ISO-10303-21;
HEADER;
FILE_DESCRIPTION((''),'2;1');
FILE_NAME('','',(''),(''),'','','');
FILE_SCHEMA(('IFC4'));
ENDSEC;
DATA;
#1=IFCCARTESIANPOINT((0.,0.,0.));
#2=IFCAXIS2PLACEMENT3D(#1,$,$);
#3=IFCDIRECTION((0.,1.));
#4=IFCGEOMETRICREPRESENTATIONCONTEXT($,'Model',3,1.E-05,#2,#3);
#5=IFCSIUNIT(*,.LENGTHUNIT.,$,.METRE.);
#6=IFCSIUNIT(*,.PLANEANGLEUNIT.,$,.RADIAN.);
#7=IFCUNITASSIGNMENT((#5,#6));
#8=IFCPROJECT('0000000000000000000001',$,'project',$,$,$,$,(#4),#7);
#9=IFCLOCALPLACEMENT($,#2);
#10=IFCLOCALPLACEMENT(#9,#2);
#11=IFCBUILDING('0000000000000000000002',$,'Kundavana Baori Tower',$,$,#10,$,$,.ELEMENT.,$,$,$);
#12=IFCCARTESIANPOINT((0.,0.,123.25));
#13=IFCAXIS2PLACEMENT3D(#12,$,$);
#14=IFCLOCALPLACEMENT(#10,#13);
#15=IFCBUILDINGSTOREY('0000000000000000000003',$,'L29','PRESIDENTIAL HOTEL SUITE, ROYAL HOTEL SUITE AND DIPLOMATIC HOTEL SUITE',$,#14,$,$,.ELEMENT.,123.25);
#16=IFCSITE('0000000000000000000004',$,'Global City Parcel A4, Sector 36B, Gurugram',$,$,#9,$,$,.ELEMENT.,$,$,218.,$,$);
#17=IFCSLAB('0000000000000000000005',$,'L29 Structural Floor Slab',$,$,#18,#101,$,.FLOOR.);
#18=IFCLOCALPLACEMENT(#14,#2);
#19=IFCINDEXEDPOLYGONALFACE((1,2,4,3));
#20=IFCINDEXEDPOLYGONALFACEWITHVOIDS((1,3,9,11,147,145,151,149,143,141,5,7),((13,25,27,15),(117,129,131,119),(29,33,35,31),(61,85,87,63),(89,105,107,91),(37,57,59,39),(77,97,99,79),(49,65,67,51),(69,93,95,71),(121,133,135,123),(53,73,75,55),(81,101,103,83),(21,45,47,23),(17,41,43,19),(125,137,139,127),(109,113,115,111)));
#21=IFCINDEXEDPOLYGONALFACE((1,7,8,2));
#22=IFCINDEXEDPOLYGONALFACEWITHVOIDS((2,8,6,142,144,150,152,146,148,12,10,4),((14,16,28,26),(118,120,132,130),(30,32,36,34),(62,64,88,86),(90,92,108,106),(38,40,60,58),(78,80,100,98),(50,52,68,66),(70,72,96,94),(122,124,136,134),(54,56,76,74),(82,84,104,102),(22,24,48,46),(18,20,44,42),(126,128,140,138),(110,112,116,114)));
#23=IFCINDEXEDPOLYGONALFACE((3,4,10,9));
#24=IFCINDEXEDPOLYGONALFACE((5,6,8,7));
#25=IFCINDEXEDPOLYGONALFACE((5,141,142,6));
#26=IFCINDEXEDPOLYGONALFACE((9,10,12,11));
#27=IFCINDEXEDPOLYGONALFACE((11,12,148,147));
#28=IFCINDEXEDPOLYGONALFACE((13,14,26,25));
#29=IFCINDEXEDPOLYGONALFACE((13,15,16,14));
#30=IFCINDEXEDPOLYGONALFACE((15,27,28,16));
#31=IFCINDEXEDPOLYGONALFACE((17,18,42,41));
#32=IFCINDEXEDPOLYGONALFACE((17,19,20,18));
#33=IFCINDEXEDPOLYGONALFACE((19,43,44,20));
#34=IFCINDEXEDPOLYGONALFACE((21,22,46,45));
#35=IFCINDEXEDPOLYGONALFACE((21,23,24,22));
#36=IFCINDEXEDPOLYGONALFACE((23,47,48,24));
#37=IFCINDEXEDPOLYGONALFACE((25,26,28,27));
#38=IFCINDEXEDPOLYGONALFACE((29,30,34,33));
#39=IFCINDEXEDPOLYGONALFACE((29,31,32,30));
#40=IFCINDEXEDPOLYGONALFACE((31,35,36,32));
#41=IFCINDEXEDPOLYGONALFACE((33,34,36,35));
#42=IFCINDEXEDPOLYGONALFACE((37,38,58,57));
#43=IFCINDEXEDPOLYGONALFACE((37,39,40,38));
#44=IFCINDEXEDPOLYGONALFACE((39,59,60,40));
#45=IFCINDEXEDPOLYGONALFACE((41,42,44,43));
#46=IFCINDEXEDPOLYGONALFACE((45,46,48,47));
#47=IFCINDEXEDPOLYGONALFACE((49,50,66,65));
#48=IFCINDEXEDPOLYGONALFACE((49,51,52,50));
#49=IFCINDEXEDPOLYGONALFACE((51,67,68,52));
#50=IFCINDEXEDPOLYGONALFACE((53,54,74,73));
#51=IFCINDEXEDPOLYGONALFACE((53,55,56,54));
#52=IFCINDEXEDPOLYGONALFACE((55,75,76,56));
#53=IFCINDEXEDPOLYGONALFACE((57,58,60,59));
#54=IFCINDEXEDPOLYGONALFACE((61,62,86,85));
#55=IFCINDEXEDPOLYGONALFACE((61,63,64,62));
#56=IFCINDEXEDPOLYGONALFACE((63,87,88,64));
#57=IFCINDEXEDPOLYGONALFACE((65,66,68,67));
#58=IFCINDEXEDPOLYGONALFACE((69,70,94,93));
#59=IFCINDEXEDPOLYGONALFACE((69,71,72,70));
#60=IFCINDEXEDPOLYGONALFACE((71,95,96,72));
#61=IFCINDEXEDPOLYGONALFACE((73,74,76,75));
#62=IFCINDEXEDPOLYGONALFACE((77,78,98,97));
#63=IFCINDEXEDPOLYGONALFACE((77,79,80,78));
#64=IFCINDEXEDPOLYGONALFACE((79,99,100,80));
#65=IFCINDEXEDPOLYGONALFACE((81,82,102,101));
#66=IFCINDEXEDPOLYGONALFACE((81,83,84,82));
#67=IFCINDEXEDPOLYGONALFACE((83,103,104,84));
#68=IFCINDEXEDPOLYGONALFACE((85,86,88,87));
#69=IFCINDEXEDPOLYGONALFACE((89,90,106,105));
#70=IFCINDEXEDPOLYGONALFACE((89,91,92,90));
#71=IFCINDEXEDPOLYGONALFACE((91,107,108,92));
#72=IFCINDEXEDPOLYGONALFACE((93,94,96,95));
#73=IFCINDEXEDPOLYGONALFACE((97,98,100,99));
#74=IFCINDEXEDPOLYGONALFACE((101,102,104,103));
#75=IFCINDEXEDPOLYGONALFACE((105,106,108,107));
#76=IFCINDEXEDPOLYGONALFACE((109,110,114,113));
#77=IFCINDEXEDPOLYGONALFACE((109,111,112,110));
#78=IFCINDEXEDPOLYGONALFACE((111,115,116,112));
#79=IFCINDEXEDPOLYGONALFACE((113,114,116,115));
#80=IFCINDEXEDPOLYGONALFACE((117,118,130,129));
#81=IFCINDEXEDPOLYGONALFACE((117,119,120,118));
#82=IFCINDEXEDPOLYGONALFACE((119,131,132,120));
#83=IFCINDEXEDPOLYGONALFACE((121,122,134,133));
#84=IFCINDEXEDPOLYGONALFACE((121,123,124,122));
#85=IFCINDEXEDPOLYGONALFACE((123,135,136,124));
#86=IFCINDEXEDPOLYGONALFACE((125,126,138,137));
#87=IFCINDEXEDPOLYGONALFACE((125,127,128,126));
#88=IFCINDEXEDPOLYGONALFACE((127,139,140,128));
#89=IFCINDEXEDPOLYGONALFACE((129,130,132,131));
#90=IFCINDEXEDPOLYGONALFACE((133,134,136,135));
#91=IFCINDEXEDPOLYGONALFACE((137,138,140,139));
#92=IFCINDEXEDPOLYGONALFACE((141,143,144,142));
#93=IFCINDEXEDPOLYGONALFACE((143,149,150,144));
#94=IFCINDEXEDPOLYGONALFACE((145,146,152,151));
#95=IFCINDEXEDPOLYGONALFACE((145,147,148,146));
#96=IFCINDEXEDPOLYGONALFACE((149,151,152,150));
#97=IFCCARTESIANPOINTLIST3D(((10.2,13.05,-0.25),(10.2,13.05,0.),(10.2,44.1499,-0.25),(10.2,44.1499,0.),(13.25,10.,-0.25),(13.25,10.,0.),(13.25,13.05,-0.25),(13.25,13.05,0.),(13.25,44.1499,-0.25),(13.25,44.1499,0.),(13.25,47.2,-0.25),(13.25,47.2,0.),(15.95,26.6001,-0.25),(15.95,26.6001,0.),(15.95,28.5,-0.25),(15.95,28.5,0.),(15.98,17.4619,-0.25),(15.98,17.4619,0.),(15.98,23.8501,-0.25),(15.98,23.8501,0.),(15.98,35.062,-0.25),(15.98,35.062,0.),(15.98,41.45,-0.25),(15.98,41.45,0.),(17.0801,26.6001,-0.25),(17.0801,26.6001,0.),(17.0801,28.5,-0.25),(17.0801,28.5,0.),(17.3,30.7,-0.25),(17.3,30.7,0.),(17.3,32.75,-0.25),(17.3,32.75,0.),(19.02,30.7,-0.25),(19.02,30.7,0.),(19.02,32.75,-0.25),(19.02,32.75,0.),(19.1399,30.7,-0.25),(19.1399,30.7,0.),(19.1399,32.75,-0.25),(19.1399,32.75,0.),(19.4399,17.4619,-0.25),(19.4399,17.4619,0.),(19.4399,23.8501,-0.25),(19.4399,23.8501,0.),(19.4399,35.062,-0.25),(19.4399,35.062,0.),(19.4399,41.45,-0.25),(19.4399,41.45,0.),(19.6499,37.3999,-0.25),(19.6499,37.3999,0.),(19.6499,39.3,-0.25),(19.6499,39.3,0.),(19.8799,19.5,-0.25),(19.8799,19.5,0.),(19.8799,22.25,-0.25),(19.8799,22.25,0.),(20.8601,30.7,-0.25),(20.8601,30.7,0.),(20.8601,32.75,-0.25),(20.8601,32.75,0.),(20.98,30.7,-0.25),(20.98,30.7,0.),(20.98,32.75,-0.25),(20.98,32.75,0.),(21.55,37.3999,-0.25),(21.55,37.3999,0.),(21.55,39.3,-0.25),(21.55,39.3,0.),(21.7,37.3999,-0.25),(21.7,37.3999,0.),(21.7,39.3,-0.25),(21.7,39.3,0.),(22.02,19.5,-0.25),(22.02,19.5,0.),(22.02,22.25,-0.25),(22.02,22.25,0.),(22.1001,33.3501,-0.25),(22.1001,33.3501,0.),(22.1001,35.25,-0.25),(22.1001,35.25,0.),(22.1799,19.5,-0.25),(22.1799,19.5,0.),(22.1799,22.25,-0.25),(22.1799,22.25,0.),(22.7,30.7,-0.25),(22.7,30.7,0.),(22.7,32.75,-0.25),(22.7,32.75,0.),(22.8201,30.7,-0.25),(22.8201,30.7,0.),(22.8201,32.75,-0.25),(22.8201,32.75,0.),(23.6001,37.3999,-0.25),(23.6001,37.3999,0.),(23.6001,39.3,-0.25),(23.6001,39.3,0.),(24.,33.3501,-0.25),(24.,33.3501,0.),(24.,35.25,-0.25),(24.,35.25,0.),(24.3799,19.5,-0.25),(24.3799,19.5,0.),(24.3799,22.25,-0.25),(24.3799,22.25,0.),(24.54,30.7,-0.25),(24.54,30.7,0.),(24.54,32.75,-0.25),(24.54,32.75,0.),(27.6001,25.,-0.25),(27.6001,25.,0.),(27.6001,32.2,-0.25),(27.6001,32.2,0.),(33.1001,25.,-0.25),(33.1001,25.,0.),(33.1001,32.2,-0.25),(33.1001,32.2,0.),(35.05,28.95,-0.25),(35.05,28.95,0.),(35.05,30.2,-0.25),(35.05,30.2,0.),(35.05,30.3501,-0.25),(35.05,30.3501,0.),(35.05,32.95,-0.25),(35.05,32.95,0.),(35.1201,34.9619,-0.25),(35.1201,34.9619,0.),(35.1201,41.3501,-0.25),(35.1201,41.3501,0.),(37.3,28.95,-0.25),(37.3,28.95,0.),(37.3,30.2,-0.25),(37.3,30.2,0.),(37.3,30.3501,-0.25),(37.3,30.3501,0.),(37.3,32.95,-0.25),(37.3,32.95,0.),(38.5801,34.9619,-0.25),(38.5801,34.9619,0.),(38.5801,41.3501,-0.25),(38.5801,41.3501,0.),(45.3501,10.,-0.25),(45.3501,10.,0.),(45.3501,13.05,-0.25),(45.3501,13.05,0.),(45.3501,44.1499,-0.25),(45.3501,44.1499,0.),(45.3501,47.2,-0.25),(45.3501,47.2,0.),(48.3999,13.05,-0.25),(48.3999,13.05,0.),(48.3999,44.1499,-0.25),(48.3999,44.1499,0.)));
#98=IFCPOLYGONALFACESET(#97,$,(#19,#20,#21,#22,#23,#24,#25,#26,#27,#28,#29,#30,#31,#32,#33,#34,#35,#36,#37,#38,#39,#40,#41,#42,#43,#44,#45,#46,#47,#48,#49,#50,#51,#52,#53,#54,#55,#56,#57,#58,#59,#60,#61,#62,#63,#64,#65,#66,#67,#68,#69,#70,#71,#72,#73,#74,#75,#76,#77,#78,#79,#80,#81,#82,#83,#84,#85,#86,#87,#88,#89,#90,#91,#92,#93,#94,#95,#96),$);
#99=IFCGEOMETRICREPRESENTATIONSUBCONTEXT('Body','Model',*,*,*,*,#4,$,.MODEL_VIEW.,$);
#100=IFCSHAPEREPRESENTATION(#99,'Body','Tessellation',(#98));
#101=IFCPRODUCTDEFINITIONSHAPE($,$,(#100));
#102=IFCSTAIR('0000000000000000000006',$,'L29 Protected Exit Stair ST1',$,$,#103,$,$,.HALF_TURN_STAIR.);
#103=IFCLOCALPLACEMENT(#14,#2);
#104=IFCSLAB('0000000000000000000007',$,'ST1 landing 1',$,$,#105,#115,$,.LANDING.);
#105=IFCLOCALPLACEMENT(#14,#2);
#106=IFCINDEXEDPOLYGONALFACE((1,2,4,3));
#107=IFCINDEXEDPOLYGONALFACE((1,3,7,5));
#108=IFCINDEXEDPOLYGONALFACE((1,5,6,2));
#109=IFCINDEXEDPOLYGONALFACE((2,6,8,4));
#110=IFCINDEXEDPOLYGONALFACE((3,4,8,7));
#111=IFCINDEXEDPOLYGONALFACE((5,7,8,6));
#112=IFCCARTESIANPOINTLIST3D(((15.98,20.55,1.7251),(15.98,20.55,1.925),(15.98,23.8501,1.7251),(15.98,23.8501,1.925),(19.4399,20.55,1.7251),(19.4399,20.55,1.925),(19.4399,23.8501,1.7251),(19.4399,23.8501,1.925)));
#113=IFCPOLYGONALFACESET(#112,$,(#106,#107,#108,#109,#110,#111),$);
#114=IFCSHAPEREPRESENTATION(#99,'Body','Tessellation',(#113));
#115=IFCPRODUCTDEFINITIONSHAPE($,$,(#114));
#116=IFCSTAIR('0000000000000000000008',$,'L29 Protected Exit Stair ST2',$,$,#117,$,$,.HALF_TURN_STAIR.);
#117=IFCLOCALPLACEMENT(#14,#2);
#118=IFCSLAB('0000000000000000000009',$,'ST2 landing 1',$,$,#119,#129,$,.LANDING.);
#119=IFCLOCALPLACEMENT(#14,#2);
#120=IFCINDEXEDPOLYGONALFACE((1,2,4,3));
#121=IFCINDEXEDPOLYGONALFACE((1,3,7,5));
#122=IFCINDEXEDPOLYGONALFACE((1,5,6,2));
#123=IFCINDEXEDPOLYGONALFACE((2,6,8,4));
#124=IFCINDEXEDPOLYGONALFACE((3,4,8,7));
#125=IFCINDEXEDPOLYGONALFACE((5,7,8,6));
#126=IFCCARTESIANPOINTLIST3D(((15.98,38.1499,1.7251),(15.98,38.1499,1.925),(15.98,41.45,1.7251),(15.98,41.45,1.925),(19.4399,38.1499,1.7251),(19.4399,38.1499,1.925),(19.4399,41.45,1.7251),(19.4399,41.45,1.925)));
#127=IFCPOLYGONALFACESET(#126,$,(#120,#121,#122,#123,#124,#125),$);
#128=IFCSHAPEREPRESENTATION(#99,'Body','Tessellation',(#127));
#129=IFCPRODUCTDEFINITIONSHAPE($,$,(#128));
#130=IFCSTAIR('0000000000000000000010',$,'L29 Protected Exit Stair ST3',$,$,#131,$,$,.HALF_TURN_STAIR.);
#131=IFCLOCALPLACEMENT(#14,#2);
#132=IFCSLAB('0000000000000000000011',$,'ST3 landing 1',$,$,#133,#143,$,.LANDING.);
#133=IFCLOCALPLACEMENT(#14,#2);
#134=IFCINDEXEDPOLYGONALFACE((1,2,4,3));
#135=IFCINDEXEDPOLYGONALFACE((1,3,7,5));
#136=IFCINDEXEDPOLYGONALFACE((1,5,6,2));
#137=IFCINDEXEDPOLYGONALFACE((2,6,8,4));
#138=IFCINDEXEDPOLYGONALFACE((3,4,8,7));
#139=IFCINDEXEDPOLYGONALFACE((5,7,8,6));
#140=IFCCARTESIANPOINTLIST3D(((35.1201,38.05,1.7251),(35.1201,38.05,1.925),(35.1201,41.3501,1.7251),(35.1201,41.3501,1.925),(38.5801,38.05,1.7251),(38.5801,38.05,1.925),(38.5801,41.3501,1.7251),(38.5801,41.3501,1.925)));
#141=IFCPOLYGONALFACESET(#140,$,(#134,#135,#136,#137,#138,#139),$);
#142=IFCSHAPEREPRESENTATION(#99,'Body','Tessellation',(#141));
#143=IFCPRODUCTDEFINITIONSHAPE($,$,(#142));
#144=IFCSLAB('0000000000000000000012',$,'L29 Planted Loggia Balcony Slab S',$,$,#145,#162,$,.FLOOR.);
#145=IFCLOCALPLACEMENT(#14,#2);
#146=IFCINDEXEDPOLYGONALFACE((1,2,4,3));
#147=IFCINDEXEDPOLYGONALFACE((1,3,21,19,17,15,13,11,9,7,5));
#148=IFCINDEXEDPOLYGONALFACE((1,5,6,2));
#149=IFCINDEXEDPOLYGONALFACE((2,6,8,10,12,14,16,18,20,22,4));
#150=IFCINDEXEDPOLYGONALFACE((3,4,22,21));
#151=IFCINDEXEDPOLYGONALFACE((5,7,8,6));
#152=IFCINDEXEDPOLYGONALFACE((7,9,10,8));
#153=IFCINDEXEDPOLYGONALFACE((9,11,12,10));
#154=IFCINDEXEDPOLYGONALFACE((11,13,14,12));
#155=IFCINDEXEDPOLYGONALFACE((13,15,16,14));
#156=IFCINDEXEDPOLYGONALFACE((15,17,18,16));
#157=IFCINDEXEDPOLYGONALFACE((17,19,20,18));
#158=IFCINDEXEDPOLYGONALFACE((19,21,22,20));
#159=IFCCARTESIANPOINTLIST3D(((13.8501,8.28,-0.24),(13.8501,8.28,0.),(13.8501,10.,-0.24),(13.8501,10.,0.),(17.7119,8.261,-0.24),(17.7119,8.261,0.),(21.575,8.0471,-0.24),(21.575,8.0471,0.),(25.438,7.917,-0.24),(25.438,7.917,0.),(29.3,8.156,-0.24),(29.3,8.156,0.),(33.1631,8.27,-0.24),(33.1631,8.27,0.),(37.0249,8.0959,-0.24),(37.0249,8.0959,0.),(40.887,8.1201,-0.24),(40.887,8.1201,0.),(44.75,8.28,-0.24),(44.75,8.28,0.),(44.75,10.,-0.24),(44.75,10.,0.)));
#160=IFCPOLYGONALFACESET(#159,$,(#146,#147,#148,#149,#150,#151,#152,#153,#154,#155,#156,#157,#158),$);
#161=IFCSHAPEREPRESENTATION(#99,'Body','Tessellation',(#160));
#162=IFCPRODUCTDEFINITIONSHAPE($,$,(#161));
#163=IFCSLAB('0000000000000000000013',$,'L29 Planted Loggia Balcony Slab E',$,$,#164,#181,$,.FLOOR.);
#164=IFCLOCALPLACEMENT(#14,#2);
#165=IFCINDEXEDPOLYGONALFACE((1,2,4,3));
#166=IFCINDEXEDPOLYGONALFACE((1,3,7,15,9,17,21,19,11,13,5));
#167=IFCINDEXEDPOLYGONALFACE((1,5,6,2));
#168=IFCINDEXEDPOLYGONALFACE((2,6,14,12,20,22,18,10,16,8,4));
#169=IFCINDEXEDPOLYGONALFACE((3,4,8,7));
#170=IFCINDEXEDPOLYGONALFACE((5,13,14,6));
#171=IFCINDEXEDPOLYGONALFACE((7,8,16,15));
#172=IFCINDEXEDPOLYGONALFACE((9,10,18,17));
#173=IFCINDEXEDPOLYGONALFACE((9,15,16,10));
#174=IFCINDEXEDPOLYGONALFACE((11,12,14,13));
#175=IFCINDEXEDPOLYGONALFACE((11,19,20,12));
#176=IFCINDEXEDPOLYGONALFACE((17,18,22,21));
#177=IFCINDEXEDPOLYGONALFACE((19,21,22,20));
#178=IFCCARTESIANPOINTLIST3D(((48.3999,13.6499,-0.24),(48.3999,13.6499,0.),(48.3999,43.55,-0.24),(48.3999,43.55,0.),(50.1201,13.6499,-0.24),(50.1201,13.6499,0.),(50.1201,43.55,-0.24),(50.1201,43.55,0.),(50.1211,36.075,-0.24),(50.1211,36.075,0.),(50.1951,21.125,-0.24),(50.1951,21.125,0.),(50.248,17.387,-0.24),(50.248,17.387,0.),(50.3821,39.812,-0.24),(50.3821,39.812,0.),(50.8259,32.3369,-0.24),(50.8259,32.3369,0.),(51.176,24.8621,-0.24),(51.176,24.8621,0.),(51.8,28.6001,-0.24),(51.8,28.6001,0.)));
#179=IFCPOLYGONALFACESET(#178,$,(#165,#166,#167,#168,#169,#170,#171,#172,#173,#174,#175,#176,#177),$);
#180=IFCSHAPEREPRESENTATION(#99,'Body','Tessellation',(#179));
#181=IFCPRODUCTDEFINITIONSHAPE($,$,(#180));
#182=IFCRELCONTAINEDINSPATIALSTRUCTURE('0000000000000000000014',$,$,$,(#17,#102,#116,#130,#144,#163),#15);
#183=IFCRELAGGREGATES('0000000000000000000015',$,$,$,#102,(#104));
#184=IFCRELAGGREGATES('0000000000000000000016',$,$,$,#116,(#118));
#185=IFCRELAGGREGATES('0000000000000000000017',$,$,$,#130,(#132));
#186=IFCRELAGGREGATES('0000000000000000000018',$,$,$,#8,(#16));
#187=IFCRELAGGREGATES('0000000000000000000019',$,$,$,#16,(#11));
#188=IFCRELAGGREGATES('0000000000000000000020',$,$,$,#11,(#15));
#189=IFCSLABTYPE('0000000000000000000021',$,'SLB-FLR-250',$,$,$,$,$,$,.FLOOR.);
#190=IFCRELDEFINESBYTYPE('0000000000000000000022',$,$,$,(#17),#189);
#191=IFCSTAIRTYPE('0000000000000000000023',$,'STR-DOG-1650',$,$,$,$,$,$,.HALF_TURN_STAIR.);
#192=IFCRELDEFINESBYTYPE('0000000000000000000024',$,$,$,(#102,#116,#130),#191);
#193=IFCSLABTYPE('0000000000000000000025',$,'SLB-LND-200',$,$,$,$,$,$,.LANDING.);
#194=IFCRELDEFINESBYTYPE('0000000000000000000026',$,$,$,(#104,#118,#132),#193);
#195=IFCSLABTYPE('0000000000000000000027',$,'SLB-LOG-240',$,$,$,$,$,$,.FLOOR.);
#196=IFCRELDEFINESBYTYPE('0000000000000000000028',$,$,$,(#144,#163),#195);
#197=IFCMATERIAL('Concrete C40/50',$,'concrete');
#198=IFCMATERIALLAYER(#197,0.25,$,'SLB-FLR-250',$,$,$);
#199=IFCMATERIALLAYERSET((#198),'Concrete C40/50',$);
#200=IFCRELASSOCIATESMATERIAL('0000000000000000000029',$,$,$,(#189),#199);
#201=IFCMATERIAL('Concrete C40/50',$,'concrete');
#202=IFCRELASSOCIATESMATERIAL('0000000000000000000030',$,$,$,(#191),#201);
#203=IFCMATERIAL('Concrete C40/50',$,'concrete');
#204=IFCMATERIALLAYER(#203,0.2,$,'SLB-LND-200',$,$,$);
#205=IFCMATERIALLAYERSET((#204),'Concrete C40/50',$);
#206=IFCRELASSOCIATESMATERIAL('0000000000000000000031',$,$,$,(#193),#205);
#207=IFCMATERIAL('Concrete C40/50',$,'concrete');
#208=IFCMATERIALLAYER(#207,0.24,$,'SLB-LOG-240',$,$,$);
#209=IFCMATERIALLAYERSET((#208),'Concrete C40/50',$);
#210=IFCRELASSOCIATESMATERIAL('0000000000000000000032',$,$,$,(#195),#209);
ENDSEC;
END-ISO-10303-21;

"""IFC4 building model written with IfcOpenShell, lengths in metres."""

from ifc_helpers import new_model, si_unit, direction, frame, origin, place, context, subcontext, project, spatial, polyline, outline, extrude, material, layer, layer_set, type_object, element, aggregate, save


model = new_model("IFC4")

# Units and contexts
model_context = context("Model", 3, precision=1e-05, world=origin(), true_north=direction((0.0, 1.0)))
body_context = subcontext(model_context, "Body", "Model", "MODEL_VIEW")
ifc_project = project(units=[si_unit("LENGTHUNIT", "METRE"), si_unit("PLANEANGLEUNIT", "RADIAN")], contexts=[model_context])

# Site, building, storey
site_placement = place(None, origin())
site = spatial("IfcSite", under=ifc_project, at=site_placement, Name="Global City Parcel A4, Sector 36B, Gurugram", CompositionType="ELEMENT", RefElevation=218.0)
building_placement = place(site_placement, origin())
building = spatial("IfcBuilding", under=site, at=building_placement, Name="Kundavana Baori Tower", CompositionType="ELEMENT")
storey_placement = place(building_placement, frame((0.0, 0.0, 123.25)))
storey = spatial("IfcBuildingStorey", under=building, at=storey_placement, Name="L29", Description="PRESIDENTIAL HOTEL SUITE, ROYAL HOTEL SUITE AND DIPLOMATIC HOTEL SUITE", CompositionType="ELEMENT", Elevation=123.25)

# Slab
ifc_material_1 = material(Name="Concrete C40/50", Category="concrete")
ifc_layer_1 = layer(ifc_material_1, 0.25, Name="SLB-FLR-250")
ifc_layer_set_1 = layer_set([ifc_layer_1], Name="Concrete C40/50")
slab_type_1 = type_object("IfcSlabType", Name="SLB-FLR-250", PredefinedType="FLOOR", material=ifc_layer_set_1)
slab_1_placement = place(storey_placement, frame((0.0, 0.0, -0.25)))
element("IfcSlab", 1, at=slab_1_placement, inside=storey, type_object=slab_type_1, Name="L29 Structural Floor Slab", PredefinedType="FLOOR", context=body_context, shape_type="SweptSolid", body=[
    extrude(outline(polyline([(13.25, 10.0), (45.3501, 10.0), (45.3501, 13.05), (48.3999, 13.05), (48.3999, 44.1499), (45.3501, 44.1499), (45.3501, 47.2), (13.25, 47.2), (13.25, 44.1499), (10.2, 44.1499), (10.2, 13.05), (13.25, 13.05), (13.25, 10.0)]), holes=[polyline([(19.4399, 17.4619), (19.4399, 23.8501), (15.98, 23.8501), (15.98, 17.4619), (19.4399, 17.4619)]), polyline([(19.4399, 35.062), (19.4399, 41.45), (15.98, 41.45), (15.98, 35.062), (19.4399, 35.062)]), polyline([(38.5801, 34.9619), (38.5801, 41.3501), (35.1201, 41.3501), (35.1201, 34.9619), (38.5801, 34.9619)]), polyline([(17.3, 30.7), (19.02, 30.7), (19.02, 32.75), (17.3, 32.75), (17.3, 30.7)]), polyline([(19.1399, 30.7), (20.8601, 30.7), (20.8601, 32.75), (19.1399, 32.75), (19.1399, 30.7)]), polyline([(20.98, 30.7), (22.7, 30.7), (22.7, 32.75), (20.98, 32.75), (20.98, 30.7)]), polyline([(22.8201, 30.7), (24.54, 30.7), (24.54, 32.75), (22.8201, 32.75), (22.8201, 30.7)]), polyline([(19.6499, 37.3999), (21.55, 37.3999), (21.55, 39.3), (19.6499, 39.3), (19.6499, 37.3999)]), polyline([(21.7, 37.3999), (23.6001, 37.3999), (23.6001, 39.3), (21.7, 39.3), (21.7, 37.3999)]), polyline([(22.1001, 33.3501), (24.0, 33.3501), (24.0, 35.25), (22.1001, 35.25), (22.1001, 33.3501)]), polyline([(19.8799, 19.5), (22.02, 19.5), (22.02, 22.25), (19.8799, 22.25), (19.8799, 19.5)]), polyline([(22.1799, 19.5), (24.3799, 19.5), (24.3799, 22.25), (22.1799, 22.25), (22.1799, 19.5)]), polyline([(35.05, 30.3501), (37.3, 30.3501), (37.3, 32.95), (35.05, 32.95), (35.05, 30.3501)]), polyline([(15.95, 26.6001), (17.0801, 26.6001), (17.0801, 28.5), (15.95, 28.5), (15.95, 26.6001)]), polyline([(35.05, 28.95), (37.3, 28.95), (37.3, 30.2), (35.05, 30.2), (35.05, 28.95)]), polyline([(27.6001, 25.0), (33.1001, 25.0), (33.1001, 32.2), (27.6001, 32.2), (27.6001, 25.0)])]), origin(), (0.0, 0.0, 1.0), 0.25),
])

# Stairs, slabs
ifc_material_2 = material(Name="Concrete C40/50", Category="concrete")
stair_type = type_object("IfcStairType", Name="STR-DOG-1650", PredefinedType="HALF_TURN_STAIR", material=ifc_material_2)
stair_1_placement = place(storey_placement, origin())
stair_1 = element("IfcStair", 2, at=stair_1_placement, inside=storey, type_object=stair_type, Name="L29 Protected Exit Stair ST1", PredefinedType="HALF_TURN_STAIR")
ifc_material_3 = material(Name="Concrete C40/50", Category="concrete")
ifc_layer_2 = layer(ifc_material_3, 0.2, Name="SLB-LND-200")
ifc_layer_set_2 = layer_set([ifc_layer_2], Name="Concrete C40/50")
slab_type_2 = type_object("IfcSlabType", Name="SLB-LND-200", PredefinedType="LANDING", material=ifc_layer_set_2)
slab_2_placement = place(storey_placement, frame((0.0, 0.0, 1.7251)))
slab_2 = element("IfcSlab", 3, at=slab_2_placement, type_object=slab_type_2, Name="ST1 landing 1", PredefinedType="LANDING", context=body_context, shape_type="SweptSolid", body=[
    extrude(outline(polyline([(19.4399, 20.55), (19.4399, 23.8501), (15.98, 23.8501), (15.98, 20.55), (19.4399, 20.55)])), origin(), (0.0, 0.0, 1.0), 0.2),
])
aggregate(stair_1, [slab_2])
stair_2_placement = place(storey_placement, origin())
stair_2 = element("IfcStair", 4, at=stair_2_placement, inside=storey, type_object=stair_type, Name="L29 Protected Exit Stair ST2", PredefinedType="HALF_TURN_STAIR")
slab_3_placement = place(storey_placement, frame((0.0, 0.0, 1.7251)))
slab_3 = element("IfcSlab", 5, at=slab_3_placement, type_object=slab_type_2, Name="ST2 landing 1", PredefinedType="LANDING", context=body_context, shape_type="SweptSolid", body=[
    extrude(outline(polyline([(19.4399, 38.1499), (19.4399, 41.45), (15.98, 41.45), (15.98, 38.1499), (19.4399, 38.1499)])), origin(), (0.0, 0.0, 1.0), 0.2),
])
aggregate(stair_2, [slab_3])
stair_3_placement = place(storey_placement, origin())
stair_3 = element("IfcStair", 6, at=stair_3_placement, inside=storey, type_object=stair_type, Name="L29 Protected Exit Stair ST3", PredefinedType="HALF_TURN_STAIR")
slab_4_placement = place(storey_placement, frame((0.0, 0.0, 1.7251)))
slab_4 = element("IfcSlab", 7, at=slab_4_placement, type_object=slab_type_2, Name="ST3 landing 1", PredefinedType="LANDING", context=body_context, shape_type="SweptSolid", body=[
    extrude(outline(polyline([(38.5801, 38.05), (38.5801, 41.3501), (35.1201, 41.3501), (35.1201, 38.05), (38.5801, 38.05)])), origin(), (0.0, 0.0, 1.0), 0.2),
])
aggregate(stair_3, [slab_4])

# Slabs
ifc_material_4 = material(Name="Concrete C40/50", Category="concrete")
ifc_layer_3 = layer(ifc_material_4, 0.24, Name="SLB-LOG-240")
ifc_layer_set_3 = layer_set([ifc_layer_3], Name="Concrete C40/50")
slab_type_3 = type_object("IfcSlabType", Name="SLB-LOG-240", PredefinedType="FLOOR", material=ifc_layer_set_3)
slab_5_placement = place(storey_placement, frame((0.0, 0.0, -0.24)))
element("IfcSlab", 8, at=slab_5_placement, inside=storey, type_object=slab_type_3, Name="L29 Planted Loggia Balcony Slab S", PredefinedType="FLOOR", context=body_context, shape_type="SweptSolid", body=[
    extrude(outline(polyline([(13.8501, 10.0), (44.75, 10.0), (44.75, 8.28), (40.887, 8.1201), (37.0249, 8.0959), (33.1631, 8.27), (29.3, 8.156), (25.438, 7.917), (21.575, 8.0471), (17.7119, 8.261), (13.8501, 8.28), (13.8501, 10.0)])), origin(), (0.0, 0.0, 1.0), 0.24),
])
slab_6_placement = place(storey_placement, frame((0.0, 0.0, -0.24)))
element("IfcSlab", 9, at=slab_6_placement, inside=storey, type_object=slab_type_3, Name="L29 Planted Loggia Balcony Slab E", PredefinedType="FLOOR", context=body_context, shape_type="SweptSolid", body=[
    extrude(outline(polyline([(48.3999, 13.6499), (48.3999, 43.55), (50.1201, 43.55), (50.3821, 39.812), (50.1211, 36.075), (50.8259, 32.3369), (51.8, 28.6001), (51.176, 24.8621), (50.1951, 21.125), (50.248, 17.387), (50.1201, 13.6499), (48.3999, 13.6499)])), origin(), (0.0, 0.0, 1.0), 0.24),
])

save(model, "model.ifc")
